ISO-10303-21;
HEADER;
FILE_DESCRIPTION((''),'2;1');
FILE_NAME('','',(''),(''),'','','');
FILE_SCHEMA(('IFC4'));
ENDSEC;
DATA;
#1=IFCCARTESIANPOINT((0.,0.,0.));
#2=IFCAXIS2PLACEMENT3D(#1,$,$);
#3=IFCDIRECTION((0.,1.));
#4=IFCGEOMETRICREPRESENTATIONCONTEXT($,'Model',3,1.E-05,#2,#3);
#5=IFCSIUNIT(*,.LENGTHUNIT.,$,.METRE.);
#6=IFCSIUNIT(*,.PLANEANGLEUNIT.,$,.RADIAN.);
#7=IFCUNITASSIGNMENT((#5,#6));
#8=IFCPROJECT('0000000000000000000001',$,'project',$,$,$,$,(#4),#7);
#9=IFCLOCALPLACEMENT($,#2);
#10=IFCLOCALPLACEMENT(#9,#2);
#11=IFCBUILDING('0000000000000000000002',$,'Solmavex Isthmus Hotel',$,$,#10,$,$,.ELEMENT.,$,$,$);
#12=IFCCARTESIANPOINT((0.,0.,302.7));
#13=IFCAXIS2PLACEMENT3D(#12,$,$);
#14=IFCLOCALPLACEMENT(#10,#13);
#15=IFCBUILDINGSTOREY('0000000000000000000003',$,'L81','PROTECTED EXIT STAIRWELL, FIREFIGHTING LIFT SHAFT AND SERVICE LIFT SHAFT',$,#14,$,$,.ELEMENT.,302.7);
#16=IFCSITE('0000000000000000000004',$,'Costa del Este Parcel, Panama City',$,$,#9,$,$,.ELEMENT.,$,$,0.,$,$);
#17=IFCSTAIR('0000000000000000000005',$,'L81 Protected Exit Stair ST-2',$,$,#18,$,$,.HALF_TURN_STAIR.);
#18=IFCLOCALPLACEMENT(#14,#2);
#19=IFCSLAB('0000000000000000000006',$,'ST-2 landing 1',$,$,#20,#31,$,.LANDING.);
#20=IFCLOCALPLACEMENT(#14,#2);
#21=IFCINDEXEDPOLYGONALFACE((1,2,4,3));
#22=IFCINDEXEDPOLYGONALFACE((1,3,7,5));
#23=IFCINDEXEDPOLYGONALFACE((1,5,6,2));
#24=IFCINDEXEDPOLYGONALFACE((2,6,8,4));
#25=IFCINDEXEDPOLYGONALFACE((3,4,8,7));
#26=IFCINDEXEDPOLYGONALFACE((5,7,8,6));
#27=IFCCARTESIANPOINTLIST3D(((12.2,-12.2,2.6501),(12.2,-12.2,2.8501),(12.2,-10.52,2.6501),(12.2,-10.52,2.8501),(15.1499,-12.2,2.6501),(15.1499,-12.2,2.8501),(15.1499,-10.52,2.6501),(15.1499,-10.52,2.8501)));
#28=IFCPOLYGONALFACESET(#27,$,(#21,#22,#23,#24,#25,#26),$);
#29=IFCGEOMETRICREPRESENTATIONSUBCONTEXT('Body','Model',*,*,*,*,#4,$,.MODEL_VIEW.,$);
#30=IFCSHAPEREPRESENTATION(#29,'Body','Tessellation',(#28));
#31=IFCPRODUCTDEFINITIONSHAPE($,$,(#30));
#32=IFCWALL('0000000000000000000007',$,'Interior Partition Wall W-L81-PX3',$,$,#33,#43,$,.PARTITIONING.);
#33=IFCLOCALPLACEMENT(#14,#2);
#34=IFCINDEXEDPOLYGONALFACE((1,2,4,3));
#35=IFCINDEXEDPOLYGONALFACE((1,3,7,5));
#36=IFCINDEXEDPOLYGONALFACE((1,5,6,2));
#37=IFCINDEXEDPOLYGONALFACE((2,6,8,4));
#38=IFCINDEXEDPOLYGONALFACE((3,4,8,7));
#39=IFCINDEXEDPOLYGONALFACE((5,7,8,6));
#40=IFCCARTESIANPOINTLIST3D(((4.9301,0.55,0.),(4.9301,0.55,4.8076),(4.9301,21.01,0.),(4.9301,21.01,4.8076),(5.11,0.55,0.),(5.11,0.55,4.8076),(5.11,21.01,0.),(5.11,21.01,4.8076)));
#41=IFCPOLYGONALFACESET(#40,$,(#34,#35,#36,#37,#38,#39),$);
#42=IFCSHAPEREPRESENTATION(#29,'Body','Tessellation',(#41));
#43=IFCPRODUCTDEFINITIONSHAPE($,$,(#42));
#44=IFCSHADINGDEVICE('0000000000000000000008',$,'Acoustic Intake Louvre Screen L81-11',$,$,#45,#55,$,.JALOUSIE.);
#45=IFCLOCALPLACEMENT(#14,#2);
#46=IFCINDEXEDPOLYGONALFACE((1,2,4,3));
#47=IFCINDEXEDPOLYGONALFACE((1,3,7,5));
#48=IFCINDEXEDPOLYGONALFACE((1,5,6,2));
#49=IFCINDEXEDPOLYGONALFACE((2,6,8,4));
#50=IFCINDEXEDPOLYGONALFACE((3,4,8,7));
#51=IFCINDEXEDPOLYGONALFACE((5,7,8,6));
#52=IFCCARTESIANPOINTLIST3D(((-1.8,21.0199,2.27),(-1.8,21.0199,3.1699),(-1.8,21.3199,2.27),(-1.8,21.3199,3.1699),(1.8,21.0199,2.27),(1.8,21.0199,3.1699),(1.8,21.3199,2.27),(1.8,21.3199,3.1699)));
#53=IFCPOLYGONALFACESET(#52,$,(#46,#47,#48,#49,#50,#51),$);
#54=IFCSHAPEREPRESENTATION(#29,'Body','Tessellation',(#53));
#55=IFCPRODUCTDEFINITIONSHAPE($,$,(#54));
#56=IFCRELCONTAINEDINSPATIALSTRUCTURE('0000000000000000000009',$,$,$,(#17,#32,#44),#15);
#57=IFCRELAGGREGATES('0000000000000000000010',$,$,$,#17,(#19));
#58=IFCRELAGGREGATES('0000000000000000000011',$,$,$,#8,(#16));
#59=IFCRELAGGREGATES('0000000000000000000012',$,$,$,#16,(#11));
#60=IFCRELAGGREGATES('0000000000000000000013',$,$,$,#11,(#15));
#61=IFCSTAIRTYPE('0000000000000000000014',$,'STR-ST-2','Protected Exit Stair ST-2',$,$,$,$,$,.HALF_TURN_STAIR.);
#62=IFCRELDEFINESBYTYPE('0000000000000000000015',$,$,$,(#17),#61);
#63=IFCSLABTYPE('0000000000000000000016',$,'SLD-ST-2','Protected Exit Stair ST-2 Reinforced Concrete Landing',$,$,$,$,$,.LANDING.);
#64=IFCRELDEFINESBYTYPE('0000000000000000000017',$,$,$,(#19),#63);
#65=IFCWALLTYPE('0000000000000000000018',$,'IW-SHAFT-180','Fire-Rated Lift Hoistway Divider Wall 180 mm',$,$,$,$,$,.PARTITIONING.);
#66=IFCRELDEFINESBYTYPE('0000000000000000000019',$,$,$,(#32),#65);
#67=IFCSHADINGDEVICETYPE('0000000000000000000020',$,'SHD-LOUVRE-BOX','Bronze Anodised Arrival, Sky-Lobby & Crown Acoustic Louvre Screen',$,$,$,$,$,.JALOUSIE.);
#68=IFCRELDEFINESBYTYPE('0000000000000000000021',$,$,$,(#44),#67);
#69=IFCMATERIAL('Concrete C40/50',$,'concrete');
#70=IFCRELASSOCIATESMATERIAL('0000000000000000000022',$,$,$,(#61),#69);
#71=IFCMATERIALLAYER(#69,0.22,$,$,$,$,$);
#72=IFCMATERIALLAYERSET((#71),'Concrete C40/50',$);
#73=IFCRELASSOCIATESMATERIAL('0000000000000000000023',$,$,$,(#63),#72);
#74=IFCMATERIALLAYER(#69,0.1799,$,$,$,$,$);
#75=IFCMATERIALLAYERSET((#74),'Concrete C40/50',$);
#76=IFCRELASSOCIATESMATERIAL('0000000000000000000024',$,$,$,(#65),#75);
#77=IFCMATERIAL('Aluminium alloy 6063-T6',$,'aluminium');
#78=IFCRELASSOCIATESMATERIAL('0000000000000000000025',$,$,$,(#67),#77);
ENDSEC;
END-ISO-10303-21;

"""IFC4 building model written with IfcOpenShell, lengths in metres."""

from ifc_helpers import new_model, si_unit, direction, frame, frame_2d, origin, origin_2d, place, context, subcontext, project, spatial, polyline, rectangle, outline, extrude, material, layer, layer_set, type_object, element, aggregate, save


model = new_model("IFC4")

# Units and contexts
model_context = context("Model", 3, precision=1e-05, world=origin(), true_north=direction((0.0, 1.0)))
body_context = subcontext(model_context, "Body", "Model", "MODEL_VIEW")
ifc_project = project(units=[si_unit("LENGTHUNIT", "METRE"), si_unit("PLANEANGLEUNIT", "RADIAN")], contexts=[model_context])

# Site, building, storey
site_placement = place(None, origin())
site = spatial("IfcSite", under=ifc_project, at=site_placement, Name="Costa del Este Parcel, Panama City", CompositionType="ELEMENT", RefElevation=0.0)
building_placement = place(site_placement, origin())
building = spatial("IfcBuilding", under=site, at=building_placement, Name="Solmavex Isthmus Hotel", CompositionType="ELEMENT")
storey_placement = place(building_placement, frame((0.0, 0.0, 302.7)))
storey = spatial("IfcBuildingStorey", under=building, at=storey_placement, Name="L81", Description="PROTECTED EXIT STAIRWELL, FIREFIGHTING LIFT SHAFT AND SERVICE LIFT SHAFT", CompositionType="ELEMENT", Elevation=302.7)

# Shared definitions
ifc_material_1 = material(Name="Concrete C40/50", Category="concrete")

# Stair, slab
stair_type_1 = type_object("IfcStairType", Name="STR-ST-2", Description="Protected Exit Stair ST-2", PredefinedType="HALF_TURN_STAIR", material=ifc_material_1)
stair_1_placement = place(storey_placement, origin())
stair_1 = element("IfcStair", 1, at=stair_1_placement, inside=storey, type_object=stair_type_1, Name="L81 Protected Exit Stair ST-2", PredefinedType="HALF_TURN_STAIR")
ifc_layer_1 = layer(ifc_material_1, 0.22)
ifc_layer_set_1 = layer_set([ifc_layer_1], Name="Concrete C40/50")
slab_type_1 = type_object("IfcSlabType", Name="SLD-ST-2", Description="Protected Exit Stair ST-2 Reinforced Concrete Landing", PredefinedType="LANDING", material=ifc_layer_set_1)
slab_1_placement = place(storey_placement, frame((0.0, 0.0, 2.6501)))
slab_1 = element("IfcSlab", 2, at=slab_1_placement, type_object=slab_type_1, Name="ST-2 landing 1", PredefinedType="LANDING", context=body_context, shape_type="SweptSolid", body=[
    extrude(outline(polyline([(12.2, -10.52), (12.2, -12.2), (15.1499, -12.2), (15.1499, -10.52), (12.2, -10.52)])), origin(), (0.0, 0.0, 1.0), 0.2),
])
aggregate(stair_1, [slab_1])

# Wall
ifc_layer_2 = layer(ifc_material_1, 0.1799)
ifc_layer_set_2 = layer_set([ifc_layer_2], Name="Concrete C40/50")
wall_type = type_object("IfcWallType", Name="IW-SHAFT-180", Description="Fire-Rated Lift Hoistway Divider Wall 180 mm", PredefinedType="PARTITIONING", material=ifc_layer_set_2)
wall_placement = place(storey_placement, frame((5.02, 0.55, 0.0), z_axis=(0.0, 0.0, 1.0), x_axis=(0.0, 1.0, 0.0)))
element("IfcWall", 3, at=wall_placement, inside=storey, type_object=wall_type, Name="Interior Partition Wall W-L81-PX3", PredefinedType="PARTITIONING", context=body_context, shape_type="SweptSolid", body=[
    extrude(rectangle(XDim=20.46, YDim=0.1799, at=frame_2d((10.23, 0.0))), origin(), (0.0, 0.0, 1.0), 4.8076),
])

# Shading device
ifc_material_2 = material(Name="Aluminium alloy 6063-T6", Category="aluminium")
shading_device_type = type_object("IfcShadingDeviceType", Name="SHD-LOUVRE-BOX", Description="Bronze Anodised Arrival, Sky-Lobby & Crown Acoustic Louvre Screen", PredefinedType="JALOUSIE", material=ifc_material_2)
shading_device_placement = place(storey_placement, frame((0.0, 21.1699, 2.27), z_axis=(0.0, 0.0, 1.0), x_axis=(1.0, 0.0, 0.0)))
element("IfcShadingDevice", 4, at=shading_device_placement, inside=storey, type_object=shading_device_type, Name="Acoustic Intake Louvre Screen L81-11", PredefinedType="JALOUSIE", context=body_context, shape_type="SweptSolid", body=[
    extrude(rectangle(XDim=3.6001, YDim=0.3, at=origin_2d()), origin(), (0.0, 0.0, 1.0), 0.8999),
])

save(model, "model.ifc")
